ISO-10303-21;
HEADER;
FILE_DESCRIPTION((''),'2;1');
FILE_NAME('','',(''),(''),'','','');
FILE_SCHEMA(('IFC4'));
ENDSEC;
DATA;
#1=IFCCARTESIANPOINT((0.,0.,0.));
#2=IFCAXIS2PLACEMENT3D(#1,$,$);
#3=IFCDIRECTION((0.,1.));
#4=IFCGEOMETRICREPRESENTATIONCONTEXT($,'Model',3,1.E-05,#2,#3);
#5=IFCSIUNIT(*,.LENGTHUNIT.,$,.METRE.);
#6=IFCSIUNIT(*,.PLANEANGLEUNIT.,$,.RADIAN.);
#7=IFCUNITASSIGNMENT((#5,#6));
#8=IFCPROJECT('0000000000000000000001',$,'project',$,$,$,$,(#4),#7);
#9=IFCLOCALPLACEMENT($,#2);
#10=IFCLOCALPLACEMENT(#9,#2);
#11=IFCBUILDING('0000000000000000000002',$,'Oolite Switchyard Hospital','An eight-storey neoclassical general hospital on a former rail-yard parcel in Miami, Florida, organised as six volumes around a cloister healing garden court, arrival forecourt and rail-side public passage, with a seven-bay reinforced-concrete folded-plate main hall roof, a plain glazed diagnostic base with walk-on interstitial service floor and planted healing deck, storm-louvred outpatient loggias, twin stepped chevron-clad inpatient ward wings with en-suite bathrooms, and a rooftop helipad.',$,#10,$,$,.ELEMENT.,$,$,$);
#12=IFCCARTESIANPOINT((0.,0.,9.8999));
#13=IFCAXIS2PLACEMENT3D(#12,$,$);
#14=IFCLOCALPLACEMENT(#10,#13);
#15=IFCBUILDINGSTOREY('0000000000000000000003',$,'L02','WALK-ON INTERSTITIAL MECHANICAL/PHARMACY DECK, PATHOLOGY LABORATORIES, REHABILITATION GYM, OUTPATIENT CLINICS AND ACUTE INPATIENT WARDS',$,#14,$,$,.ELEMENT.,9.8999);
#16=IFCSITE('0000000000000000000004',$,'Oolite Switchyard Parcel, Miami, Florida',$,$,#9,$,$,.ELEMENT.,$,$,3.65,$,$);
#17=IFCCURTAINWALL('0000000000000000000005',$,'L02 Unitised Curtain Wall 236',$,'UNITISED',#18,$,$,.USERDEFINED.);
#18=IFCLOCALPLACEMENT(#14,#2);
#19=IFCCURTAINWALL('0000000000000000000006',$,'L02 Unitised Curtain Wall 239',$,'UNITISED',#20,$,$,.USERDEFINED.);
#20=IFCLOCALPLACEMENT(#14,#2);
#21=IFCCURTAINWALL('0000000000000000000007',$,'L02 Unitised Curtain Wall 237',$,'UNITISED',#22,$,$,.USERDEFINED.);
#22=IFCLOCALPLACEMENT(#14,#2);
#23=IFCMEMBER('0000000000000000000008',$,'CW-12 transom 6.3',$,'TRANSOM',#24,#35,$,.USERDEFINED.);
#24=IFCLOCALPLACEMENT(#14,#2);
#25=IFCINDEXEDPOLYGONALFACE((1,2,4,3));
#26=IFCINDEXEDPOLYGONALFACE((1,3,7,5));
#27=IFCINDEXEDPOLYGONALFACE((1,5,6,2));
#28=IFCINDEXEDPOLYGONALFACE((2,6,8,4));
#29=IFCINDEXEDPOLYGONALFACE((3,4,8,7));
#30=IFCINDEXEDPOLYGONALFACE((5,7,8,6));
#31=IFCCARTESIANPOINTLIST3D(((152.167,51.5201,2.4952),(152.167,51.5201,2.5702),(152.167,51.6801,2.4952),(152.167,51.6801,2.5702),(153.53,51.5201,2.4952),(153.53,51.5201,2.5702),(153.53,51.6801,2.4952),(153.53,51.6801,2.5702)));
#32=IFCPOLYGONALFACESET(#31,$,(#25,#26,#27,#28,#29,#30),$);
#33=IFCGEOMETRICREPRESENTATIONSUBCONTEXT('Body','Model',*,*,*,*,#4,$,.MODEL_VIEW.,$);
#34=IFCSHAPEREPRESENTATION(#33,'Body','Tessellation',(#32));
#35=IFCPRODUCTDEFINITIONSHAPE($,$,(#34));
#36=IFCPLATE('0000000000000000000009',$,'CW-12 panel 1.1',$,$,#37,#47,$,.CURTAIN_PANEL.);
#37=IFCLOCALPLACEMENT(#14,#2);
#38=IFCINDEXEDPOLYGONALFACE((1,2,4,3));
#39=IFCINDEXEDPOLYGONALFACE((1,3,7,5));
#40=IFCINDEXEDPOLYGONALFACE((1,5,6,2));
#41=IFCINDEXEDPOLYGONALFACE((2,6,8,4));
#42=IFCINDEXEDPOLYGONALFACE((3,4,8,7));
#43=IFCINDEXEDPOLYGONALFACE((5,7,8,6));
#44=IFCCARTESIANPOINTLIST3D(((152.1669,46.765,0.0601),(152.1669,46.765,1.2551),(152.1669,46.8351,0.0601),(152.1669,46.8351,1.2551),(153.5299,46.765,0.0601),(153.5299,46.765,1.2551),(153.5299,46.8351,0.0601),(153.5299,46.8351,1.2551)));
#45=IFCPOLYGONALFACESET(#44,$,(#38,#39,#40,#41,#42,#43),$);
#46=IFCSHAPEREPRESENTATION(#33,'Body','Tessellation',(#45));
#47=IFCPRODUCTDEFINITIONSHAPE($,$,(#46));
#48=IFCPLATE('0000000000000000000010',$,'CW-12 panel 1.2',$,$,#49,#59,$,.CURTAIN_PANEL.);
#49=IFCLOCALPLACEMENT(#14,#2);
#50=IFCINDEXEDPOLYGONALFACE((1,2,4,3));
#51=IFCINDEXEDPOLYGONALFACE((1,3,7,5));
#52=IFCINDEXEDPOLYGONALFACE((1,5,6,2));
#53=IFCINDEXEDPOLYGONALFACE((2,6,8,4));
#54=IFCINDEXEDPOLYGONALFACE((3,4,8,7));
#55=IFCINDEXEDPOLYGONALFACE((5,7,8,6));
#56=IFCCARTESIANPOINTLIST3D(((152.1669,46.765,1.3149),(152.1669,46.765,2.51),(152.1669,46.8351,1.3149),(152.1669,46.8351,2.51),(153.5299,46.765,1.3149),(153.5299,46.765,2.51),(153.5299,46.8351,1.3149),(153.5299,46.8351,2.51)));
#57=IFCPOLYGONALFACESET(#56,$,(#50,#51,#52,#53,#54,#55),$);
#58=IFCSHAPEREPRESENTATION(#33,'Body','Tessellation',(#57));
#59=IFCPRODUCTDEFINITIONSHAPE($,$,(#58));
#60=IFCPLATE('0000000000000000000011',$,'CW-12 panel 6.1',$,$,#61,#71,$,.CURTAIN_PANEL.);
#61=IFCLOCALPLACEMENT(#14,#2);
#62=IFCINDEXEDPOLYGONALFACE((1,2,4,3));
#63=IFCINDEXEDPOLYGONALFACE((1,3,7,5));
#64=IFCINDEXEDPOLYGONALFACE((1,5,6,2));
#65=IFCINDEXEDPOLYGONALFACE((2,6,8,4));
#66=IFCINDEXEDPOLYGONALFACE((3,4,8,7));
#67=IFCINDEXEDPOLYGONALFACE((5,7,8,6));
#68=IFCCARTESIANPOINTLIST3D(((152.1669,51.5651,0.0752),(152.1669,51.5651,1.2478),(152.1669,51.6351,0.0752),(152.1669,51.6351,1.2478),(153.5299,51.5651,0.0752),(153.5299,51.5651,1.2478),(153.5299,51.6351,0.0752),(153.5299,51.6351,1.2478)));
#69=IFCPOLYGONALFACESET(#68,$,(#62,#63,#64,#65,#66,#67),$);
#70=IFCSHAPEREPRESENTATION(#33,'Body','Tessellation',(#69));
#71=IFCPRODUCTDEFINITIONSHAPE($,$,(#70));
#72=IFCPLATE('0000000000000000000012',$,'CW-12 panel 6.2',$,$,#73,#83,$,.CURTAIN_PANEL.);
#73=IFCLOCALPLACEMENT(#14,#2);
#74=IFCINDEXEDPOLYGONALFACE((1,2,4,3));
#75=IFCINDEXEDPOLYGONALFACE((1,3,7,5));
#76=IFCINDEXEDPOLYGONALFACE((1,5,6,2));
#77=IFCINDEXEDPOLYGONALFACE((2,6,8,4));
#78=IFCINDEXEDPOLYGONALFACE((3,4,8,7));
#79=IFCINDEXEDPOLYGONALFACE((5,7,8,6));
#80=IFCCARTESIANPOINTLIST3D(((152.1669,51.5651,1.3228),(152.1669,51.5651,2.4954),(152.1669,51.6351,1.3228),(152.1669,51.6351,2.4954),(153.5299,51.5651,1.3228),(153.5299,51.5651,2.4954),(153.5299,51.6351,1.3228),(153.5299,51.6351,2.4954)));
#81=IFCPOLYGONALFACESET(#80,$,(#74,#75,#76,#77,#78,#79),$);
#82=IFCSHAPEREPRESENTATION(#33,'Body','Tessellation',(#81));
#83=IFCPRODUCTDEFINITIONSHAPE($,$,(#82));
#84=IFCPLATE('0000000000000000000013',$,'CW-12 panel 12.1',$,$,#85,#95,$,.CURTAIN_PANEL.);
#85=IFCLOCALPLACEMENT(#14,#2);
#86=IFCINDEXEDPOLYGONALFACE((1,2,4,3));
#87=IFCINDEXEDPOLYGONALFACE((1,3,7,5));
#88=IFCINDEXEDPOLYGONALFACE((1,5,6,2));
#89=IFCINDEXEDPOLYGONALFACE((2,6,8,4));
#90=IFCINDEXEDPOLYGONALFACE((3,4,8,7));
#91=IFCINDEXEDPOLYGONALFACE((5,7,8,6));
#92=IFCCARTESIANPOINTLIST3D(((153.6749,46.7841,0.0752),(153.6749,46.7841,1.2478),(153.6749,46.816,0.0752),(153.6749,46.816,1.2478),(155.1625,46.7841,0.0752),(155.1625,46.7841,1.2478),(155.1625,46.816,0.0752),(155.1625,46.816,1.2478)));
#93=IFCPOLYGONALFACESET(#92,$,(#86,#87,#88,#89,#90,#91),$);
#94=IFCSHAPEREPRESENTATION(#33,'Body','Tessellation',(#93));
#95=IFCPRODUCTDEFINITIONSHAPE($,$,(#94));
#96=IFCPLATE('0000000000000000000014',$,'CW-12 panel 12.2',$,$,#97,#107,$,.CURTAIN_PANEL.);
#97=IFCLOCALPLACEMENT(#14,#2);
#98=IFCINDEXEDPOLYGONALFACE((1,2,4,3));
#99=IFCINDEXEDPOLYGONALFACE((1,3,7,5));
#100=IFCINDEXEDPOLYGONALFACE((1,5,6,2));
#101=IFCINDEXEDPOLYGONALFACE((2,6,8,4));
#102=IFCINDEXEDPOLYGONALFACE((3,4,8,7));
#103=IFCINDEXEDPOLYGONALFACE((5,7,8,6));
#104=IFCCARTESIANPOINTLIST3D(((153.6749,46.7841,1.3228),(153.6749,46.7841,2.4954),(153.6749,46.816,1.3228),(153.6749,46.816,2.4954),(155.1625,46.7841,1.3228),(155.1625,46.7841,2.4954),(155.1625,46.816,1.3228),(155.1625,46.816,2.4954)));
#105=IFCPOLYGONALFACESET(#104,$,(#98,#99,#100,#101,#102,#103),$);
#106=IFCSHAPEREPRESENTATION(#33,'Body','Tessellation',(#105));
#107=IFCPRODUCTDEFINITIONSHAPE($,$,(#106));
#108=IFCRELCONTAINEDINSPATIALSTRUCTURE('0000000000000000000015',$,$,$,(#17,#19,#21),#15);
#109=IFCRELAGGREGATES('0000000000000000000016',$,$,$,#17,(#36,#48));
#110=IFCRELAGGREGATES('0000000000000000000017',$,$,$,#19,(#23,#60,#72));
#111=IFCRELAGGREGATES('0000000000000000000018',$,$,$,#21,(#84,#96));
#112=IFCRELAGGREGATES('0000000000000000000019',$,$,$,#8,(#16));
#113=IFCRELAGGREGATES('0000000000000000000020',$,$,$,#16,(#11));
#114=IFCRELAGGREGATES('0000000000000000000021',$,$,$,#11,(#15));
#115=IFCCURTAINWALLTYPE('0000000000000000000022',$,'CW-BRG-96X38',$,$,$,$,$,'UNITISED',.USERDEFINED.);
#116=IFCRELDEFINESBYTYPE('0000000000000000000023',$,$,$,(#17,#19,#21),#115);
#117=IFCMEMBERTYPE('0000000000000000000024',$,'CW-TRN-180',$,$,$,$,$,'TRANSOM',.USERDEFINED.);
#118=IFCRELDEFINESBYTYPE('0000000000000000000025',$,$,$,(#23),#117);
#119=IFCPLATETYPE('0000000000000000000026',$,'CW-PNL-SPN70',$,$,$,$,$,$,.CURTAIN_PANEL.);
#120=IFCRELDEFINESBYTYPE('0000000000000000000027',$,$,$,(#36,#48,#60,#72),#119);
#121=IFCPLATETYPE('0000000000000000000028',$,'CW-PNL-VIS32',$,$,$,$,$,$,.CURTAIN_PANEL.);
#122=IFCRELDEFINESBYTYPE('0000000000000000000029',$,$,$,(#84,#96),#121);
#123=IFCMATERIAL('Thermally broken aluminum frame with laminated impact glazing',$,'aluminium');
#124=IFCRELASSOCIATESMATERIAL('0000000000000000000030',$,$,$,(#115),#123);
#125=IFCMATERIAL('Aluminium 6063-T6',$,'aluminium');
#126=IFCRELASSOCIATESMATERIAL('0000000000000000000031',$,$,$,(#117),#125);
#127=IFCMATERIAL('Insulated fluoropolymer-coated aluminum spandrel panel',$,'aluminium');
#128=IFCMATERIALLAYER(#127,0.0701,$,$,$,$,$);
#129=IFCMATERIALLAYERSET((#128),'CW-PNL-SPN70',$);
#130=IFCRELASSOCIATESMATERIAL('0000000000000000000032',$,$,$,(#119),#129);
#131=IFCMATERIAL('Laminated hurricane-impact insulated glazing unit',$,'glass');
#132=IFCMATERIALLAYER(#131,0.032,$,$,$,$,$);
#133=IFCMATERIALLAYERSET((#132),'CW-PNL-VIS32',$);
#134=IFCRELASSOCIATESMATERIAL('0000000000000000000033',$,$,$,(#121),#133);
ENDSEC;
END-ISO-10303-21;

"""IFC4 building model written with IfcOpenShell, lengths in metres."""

from ifc_helpers import new_model, si_unit, direction, frame, origin, origin_2d, place, context, subcontext, project, spatial, rectangle, extrude, material, layer, layer_set, material_profile, profile_set, type_object, element, aggregate, save


model = new_model("IFC4")

# Units and contexts
model_context = context("Model", 3, precision=1e-05, world=origin(), true_north=direction((0.0, 1.0)))
body_context = subcontext(model_context, "Body", "Model", "MODEL_VIEW")
ifc_project = project(units=[si_unit("LENGTHUNIT", "METRE"), si_unit("PLANEANGLEUNIT", "RADIAN")], contexts=[model_context])

# Site, building, storey
site_placement = place(None, origin())
site = spatial("IfcSite", under=ifc_project, at=site_placement, Name="Oolite Switchyard Parcel, Miami, Florida", CompositionType="ELEMENT", RefElevation=3.65)
building_placement = place(site_placement, origin())
building = spatial("IfcBuilding", under=site, at=building_placement, Name="Oolite Switchyard Hospital", Description="An eight-storey neoclassical general hospital on a former rail-yard parcel in Miami, Florida, organised as six volumes around a cloister healing garden court, arrival forecourt and rail-side public passage, with a seven-bay reinforced-concrete folded-plate main hall roof, a plain glazed diagnostic base with walk-on interstitial service floor and planted healing deck, storm-louvred outpatient loggias, twin stepped chevron-clad inpatient ward wings with en-suite bathrooms, and a rooftop helipad.", CompositionType="ELEMENT")
storey_placement = place(building_placement, frame((0.0, 0.0, 9.8999)))
storey = spatial("IfcBuildingStorey", under=building, at=storey_placement, Name="L02", Description="WALK-ON INTERSTITIAL MECHANICAL/PHARMACY DECK, PATHOLOGY LABORATORIES, REHABILITATION GYM, OUTPATIENT CLINICS AND ACUTE INPATIENT WARDS", CompositionType="ELEMENT", Elevation=9.8999)

# Curtain walls
ifc_material_1 = material(Name="Thermally broken aluminum frame with laminated impact glazing", Category="aluminium")
curtain_wall_type = type_object("IfcCurtainWallType", Name="CW-BRG-96X38", ElementType="UNITISED", PredefinedType="USERDEFINED", material=ifc_material_1)
curtain_wall_1_placement = place(storey_placement, origin())
curtain_wall_1 = element("IfcCurtainWall", 1, at=curtain_wall_1_placement, inside=storey, type_object=curtain_wall_type, Name="L02 Unitised Curtain Wall 236", ObjectType="UNITISED", PredefinedType="USERDEFINED")
ifc_material_2 = material(Name="Aluminium 6063-T6", Category="aluminium")
curtain_wall_2_placement = place(storey_placement, origin())
curtain_wall_2 = element("IfcCurtainWall", 2, at=curtain_wall_2_placement, inside=storey, type_object=curtain_wall_type, Name="L02 Unitised Curtain Wall 239", ObjectType="UNITISED", PredefinedType="USERDEFINED")

# Curtain wall
curtain_wall_3_placement = place(storey_placement, origin())
curtain_wall_3 = element("IfcCurtainWall", 3, at=curtain_wall_3_placement, inside=storey, type_object=curtain_wall_type, Name="L02 Unitised Curtain Wall 237", ObjectType="UNITISED", PredefinedType="USERDEFINED")

# Member
ifc_material_profile_1 = material_profile(ifc_material_2, rectangle(XDim=0.1599, YDim=0.075, at=origin_2d()), Name="CWT75X160")
ifc_profile_set_1 = profile_set([ifc_material_profile_1], Name="Aluminium 6063-T6")
member_type_1 = type_object("IfcMemberType", Name="CW-TRN-180", ElementType="TRANSOM", PredefinedType="USERDEFINED", material=ifc_profile_set_1)
member_1_placement = place(storey_placement, frame((152.167, 51.6001, 2.5327), z_axis=(1.0, 0.0, 0.0), x_axis=(0.0, 1.0, 0.0)))
member_1 = element("IfcMember", 4, at=member_1_placement, type_object=member_type_1, Name="CW-12 transom 6.3", ObjectType="TRANSOM", PredefinedType="USERDEFINED", context=body_context, shape_type="SweptSolid", body=[
    extrude(rectangle(XDim=0.1599, YDim=0.075, at=origin_2d()), origin(), (0.0, 0.0, 1.0), 1.363),
])

# Plates
ifc_material_3 = material(Name="Insulated fluoropolymer-coated aluminum spandrel panel", Category="aluminium")
ifc_layer_1 = layer(ifc_material_3, 0.0701)
ifc_layer_set_1 = layer_set([ifc_layer_1], Name="CW-PNL-SPN70")
plate_type_1 = type_object("IfcPlateType", Name="CW-PNL-SPN70", PredefinedType="CURTAIN_PANEL", material=ifc_layer_set_1)
plate_1_placement = place(storey_placement, frame((152.8484, 46.8, 0.0601), z_axis=(0.0, 0.0, 1.0), x_axis=(-1.0, 0.0, 0.0)))
plate_1 = element("IfcPlate", 5, at=plate_1_placement, type_object=plate_type_1, Name="CW-12 panel 1.1", PredefinedType="CURTAIN_PANEL", context=body_context, shape_type="SweptSolid", body=[
    extrude(rectangle(XDim=1.363, YDim=0.0701, at=origin_2d()), origin(), (0.0, 0.0, 1.0), 1.1951),
])
plate_2_placement = place(storey_placement, frame((152.8484, 46.8, 1.3149), z_axis=(0.0, 0.0, 1.0), x_axis=(-1.0, 0.0, 0.0)))
plate_2 = element("IfcPlate", 6, at=plate_2_placement, type_object=plate_type_1, Name="CW-12 panel 1.2", PredefinedType="CURTAIN_PANEL", context=body_context, shape_type="SweptSolid", body=[
    extrude(rectangle(XDim=1.363, YDim=0.0701, at=origin_2d()), origin(), (0.0, 0.0, 1.0), 1.1951),
])
aggregate(curtain_wall_1, [plate_1, plate_2])
plate_3_placement = place(storey_placement, frame((152.8484, 51.6001, 0.0752), z_axis=(0.0, 0.0, 1.0), x_axis=(1.0, 0.0, 0.0)))
plate_3 = element("IfcPlate", 7, at=plate_3_placement, type_object=plate_type_1, Name="CW-12 panel 6.1", PredefinedType="CURTAIN_PANEL", context=body_context, shape_type="SweptSolid", body=[
    extrude(rectangle(XDim=1.363, YDim=0.0701, at=origin_2d()), origin(), (0.0, 0.0, 1.0), 1.1726),
])
plate_4_placement = place(storey_placement, frame((152.8484, 51.6001, 1.3228), z_axis=(0.0, 0.0, 1.0), x_axis=(1.0, 0.0, 0.0)))
plate_4 = element("IfcPlate", 8, at=plate_4_placement, type_object=plate_type_1, Name="CW-12 panel 6.2", PredefinedType="CURTAIN_PANEL", context=body_context, shape_type="SweptSolid", body=[
    extrude(rectangle(XDim=1.363, YDim=0.0701, at=origin_2d()), origin(), (0.0, 0.0, 1.0), 1.1726),
])
aggregate(curtain_wall_2, [member_1, plate_3, plate_4])
ifc_material_4 = material(Name="Laminated hurricane-impact insulated glazing unit", Category="glass")
ifc_layer_2 = layer(ifc_material_4, 0.032)
ifc_layer_set_2 = layer_set([ifc_layer_2], Name="CW-PNL-VIS32")
plate_type_2 = type_object("IfcPlateType", Name="CW-PNL-VIS32", PredefinedType="CURTAIN_PANEL", material=ifc_layer_set_2)
plate_5_placement = place(storey_placement, frame((154.4187, 46.8, 0.0752), z_axis=(0.0, 0.0, 1.0), x_axis=(-1.0, 0.0, 0.0)))
plate_5 = element("IfcPlate", 9, at=plate_5_placement, type_object=plate_type_2, Name="CW-12 panel 12.1", PredefinedType="CURTAIN_PANEL", context=body_context, shape_type="SweptSolid", body=[
    extrude(rectangle(XDim=1.4875, YDim=0.032, at=origin_2d()), origin(), (0.0, 0.0, 1.0), 1.1726),
])
plate_6_placement = place(storey_placement, frame((154.4187, 46.8, 1.3228), z_axis=(0.0, 0.0, 1.0), x_axis=(-1.0, 0.0, 0.0)))
plate_6 = element("IfcPlate", 10, at=plate_6_placement, type_object=plate_type_2, Name="CW-12 panel 12.2", PredefinedType="CURTAIN_PANEL", context=body_context, shape_type="SweptSolid", body=[
    extrude(rectangle(XDim=1.4875, YDim=0.032, at=origin_2d()), origin(), (0.0, 0.0, 1.0), 1.1726),
])
aggregate(curtain_wall_3, [plate_5, plate_6])

save(model, "model.ifc")
